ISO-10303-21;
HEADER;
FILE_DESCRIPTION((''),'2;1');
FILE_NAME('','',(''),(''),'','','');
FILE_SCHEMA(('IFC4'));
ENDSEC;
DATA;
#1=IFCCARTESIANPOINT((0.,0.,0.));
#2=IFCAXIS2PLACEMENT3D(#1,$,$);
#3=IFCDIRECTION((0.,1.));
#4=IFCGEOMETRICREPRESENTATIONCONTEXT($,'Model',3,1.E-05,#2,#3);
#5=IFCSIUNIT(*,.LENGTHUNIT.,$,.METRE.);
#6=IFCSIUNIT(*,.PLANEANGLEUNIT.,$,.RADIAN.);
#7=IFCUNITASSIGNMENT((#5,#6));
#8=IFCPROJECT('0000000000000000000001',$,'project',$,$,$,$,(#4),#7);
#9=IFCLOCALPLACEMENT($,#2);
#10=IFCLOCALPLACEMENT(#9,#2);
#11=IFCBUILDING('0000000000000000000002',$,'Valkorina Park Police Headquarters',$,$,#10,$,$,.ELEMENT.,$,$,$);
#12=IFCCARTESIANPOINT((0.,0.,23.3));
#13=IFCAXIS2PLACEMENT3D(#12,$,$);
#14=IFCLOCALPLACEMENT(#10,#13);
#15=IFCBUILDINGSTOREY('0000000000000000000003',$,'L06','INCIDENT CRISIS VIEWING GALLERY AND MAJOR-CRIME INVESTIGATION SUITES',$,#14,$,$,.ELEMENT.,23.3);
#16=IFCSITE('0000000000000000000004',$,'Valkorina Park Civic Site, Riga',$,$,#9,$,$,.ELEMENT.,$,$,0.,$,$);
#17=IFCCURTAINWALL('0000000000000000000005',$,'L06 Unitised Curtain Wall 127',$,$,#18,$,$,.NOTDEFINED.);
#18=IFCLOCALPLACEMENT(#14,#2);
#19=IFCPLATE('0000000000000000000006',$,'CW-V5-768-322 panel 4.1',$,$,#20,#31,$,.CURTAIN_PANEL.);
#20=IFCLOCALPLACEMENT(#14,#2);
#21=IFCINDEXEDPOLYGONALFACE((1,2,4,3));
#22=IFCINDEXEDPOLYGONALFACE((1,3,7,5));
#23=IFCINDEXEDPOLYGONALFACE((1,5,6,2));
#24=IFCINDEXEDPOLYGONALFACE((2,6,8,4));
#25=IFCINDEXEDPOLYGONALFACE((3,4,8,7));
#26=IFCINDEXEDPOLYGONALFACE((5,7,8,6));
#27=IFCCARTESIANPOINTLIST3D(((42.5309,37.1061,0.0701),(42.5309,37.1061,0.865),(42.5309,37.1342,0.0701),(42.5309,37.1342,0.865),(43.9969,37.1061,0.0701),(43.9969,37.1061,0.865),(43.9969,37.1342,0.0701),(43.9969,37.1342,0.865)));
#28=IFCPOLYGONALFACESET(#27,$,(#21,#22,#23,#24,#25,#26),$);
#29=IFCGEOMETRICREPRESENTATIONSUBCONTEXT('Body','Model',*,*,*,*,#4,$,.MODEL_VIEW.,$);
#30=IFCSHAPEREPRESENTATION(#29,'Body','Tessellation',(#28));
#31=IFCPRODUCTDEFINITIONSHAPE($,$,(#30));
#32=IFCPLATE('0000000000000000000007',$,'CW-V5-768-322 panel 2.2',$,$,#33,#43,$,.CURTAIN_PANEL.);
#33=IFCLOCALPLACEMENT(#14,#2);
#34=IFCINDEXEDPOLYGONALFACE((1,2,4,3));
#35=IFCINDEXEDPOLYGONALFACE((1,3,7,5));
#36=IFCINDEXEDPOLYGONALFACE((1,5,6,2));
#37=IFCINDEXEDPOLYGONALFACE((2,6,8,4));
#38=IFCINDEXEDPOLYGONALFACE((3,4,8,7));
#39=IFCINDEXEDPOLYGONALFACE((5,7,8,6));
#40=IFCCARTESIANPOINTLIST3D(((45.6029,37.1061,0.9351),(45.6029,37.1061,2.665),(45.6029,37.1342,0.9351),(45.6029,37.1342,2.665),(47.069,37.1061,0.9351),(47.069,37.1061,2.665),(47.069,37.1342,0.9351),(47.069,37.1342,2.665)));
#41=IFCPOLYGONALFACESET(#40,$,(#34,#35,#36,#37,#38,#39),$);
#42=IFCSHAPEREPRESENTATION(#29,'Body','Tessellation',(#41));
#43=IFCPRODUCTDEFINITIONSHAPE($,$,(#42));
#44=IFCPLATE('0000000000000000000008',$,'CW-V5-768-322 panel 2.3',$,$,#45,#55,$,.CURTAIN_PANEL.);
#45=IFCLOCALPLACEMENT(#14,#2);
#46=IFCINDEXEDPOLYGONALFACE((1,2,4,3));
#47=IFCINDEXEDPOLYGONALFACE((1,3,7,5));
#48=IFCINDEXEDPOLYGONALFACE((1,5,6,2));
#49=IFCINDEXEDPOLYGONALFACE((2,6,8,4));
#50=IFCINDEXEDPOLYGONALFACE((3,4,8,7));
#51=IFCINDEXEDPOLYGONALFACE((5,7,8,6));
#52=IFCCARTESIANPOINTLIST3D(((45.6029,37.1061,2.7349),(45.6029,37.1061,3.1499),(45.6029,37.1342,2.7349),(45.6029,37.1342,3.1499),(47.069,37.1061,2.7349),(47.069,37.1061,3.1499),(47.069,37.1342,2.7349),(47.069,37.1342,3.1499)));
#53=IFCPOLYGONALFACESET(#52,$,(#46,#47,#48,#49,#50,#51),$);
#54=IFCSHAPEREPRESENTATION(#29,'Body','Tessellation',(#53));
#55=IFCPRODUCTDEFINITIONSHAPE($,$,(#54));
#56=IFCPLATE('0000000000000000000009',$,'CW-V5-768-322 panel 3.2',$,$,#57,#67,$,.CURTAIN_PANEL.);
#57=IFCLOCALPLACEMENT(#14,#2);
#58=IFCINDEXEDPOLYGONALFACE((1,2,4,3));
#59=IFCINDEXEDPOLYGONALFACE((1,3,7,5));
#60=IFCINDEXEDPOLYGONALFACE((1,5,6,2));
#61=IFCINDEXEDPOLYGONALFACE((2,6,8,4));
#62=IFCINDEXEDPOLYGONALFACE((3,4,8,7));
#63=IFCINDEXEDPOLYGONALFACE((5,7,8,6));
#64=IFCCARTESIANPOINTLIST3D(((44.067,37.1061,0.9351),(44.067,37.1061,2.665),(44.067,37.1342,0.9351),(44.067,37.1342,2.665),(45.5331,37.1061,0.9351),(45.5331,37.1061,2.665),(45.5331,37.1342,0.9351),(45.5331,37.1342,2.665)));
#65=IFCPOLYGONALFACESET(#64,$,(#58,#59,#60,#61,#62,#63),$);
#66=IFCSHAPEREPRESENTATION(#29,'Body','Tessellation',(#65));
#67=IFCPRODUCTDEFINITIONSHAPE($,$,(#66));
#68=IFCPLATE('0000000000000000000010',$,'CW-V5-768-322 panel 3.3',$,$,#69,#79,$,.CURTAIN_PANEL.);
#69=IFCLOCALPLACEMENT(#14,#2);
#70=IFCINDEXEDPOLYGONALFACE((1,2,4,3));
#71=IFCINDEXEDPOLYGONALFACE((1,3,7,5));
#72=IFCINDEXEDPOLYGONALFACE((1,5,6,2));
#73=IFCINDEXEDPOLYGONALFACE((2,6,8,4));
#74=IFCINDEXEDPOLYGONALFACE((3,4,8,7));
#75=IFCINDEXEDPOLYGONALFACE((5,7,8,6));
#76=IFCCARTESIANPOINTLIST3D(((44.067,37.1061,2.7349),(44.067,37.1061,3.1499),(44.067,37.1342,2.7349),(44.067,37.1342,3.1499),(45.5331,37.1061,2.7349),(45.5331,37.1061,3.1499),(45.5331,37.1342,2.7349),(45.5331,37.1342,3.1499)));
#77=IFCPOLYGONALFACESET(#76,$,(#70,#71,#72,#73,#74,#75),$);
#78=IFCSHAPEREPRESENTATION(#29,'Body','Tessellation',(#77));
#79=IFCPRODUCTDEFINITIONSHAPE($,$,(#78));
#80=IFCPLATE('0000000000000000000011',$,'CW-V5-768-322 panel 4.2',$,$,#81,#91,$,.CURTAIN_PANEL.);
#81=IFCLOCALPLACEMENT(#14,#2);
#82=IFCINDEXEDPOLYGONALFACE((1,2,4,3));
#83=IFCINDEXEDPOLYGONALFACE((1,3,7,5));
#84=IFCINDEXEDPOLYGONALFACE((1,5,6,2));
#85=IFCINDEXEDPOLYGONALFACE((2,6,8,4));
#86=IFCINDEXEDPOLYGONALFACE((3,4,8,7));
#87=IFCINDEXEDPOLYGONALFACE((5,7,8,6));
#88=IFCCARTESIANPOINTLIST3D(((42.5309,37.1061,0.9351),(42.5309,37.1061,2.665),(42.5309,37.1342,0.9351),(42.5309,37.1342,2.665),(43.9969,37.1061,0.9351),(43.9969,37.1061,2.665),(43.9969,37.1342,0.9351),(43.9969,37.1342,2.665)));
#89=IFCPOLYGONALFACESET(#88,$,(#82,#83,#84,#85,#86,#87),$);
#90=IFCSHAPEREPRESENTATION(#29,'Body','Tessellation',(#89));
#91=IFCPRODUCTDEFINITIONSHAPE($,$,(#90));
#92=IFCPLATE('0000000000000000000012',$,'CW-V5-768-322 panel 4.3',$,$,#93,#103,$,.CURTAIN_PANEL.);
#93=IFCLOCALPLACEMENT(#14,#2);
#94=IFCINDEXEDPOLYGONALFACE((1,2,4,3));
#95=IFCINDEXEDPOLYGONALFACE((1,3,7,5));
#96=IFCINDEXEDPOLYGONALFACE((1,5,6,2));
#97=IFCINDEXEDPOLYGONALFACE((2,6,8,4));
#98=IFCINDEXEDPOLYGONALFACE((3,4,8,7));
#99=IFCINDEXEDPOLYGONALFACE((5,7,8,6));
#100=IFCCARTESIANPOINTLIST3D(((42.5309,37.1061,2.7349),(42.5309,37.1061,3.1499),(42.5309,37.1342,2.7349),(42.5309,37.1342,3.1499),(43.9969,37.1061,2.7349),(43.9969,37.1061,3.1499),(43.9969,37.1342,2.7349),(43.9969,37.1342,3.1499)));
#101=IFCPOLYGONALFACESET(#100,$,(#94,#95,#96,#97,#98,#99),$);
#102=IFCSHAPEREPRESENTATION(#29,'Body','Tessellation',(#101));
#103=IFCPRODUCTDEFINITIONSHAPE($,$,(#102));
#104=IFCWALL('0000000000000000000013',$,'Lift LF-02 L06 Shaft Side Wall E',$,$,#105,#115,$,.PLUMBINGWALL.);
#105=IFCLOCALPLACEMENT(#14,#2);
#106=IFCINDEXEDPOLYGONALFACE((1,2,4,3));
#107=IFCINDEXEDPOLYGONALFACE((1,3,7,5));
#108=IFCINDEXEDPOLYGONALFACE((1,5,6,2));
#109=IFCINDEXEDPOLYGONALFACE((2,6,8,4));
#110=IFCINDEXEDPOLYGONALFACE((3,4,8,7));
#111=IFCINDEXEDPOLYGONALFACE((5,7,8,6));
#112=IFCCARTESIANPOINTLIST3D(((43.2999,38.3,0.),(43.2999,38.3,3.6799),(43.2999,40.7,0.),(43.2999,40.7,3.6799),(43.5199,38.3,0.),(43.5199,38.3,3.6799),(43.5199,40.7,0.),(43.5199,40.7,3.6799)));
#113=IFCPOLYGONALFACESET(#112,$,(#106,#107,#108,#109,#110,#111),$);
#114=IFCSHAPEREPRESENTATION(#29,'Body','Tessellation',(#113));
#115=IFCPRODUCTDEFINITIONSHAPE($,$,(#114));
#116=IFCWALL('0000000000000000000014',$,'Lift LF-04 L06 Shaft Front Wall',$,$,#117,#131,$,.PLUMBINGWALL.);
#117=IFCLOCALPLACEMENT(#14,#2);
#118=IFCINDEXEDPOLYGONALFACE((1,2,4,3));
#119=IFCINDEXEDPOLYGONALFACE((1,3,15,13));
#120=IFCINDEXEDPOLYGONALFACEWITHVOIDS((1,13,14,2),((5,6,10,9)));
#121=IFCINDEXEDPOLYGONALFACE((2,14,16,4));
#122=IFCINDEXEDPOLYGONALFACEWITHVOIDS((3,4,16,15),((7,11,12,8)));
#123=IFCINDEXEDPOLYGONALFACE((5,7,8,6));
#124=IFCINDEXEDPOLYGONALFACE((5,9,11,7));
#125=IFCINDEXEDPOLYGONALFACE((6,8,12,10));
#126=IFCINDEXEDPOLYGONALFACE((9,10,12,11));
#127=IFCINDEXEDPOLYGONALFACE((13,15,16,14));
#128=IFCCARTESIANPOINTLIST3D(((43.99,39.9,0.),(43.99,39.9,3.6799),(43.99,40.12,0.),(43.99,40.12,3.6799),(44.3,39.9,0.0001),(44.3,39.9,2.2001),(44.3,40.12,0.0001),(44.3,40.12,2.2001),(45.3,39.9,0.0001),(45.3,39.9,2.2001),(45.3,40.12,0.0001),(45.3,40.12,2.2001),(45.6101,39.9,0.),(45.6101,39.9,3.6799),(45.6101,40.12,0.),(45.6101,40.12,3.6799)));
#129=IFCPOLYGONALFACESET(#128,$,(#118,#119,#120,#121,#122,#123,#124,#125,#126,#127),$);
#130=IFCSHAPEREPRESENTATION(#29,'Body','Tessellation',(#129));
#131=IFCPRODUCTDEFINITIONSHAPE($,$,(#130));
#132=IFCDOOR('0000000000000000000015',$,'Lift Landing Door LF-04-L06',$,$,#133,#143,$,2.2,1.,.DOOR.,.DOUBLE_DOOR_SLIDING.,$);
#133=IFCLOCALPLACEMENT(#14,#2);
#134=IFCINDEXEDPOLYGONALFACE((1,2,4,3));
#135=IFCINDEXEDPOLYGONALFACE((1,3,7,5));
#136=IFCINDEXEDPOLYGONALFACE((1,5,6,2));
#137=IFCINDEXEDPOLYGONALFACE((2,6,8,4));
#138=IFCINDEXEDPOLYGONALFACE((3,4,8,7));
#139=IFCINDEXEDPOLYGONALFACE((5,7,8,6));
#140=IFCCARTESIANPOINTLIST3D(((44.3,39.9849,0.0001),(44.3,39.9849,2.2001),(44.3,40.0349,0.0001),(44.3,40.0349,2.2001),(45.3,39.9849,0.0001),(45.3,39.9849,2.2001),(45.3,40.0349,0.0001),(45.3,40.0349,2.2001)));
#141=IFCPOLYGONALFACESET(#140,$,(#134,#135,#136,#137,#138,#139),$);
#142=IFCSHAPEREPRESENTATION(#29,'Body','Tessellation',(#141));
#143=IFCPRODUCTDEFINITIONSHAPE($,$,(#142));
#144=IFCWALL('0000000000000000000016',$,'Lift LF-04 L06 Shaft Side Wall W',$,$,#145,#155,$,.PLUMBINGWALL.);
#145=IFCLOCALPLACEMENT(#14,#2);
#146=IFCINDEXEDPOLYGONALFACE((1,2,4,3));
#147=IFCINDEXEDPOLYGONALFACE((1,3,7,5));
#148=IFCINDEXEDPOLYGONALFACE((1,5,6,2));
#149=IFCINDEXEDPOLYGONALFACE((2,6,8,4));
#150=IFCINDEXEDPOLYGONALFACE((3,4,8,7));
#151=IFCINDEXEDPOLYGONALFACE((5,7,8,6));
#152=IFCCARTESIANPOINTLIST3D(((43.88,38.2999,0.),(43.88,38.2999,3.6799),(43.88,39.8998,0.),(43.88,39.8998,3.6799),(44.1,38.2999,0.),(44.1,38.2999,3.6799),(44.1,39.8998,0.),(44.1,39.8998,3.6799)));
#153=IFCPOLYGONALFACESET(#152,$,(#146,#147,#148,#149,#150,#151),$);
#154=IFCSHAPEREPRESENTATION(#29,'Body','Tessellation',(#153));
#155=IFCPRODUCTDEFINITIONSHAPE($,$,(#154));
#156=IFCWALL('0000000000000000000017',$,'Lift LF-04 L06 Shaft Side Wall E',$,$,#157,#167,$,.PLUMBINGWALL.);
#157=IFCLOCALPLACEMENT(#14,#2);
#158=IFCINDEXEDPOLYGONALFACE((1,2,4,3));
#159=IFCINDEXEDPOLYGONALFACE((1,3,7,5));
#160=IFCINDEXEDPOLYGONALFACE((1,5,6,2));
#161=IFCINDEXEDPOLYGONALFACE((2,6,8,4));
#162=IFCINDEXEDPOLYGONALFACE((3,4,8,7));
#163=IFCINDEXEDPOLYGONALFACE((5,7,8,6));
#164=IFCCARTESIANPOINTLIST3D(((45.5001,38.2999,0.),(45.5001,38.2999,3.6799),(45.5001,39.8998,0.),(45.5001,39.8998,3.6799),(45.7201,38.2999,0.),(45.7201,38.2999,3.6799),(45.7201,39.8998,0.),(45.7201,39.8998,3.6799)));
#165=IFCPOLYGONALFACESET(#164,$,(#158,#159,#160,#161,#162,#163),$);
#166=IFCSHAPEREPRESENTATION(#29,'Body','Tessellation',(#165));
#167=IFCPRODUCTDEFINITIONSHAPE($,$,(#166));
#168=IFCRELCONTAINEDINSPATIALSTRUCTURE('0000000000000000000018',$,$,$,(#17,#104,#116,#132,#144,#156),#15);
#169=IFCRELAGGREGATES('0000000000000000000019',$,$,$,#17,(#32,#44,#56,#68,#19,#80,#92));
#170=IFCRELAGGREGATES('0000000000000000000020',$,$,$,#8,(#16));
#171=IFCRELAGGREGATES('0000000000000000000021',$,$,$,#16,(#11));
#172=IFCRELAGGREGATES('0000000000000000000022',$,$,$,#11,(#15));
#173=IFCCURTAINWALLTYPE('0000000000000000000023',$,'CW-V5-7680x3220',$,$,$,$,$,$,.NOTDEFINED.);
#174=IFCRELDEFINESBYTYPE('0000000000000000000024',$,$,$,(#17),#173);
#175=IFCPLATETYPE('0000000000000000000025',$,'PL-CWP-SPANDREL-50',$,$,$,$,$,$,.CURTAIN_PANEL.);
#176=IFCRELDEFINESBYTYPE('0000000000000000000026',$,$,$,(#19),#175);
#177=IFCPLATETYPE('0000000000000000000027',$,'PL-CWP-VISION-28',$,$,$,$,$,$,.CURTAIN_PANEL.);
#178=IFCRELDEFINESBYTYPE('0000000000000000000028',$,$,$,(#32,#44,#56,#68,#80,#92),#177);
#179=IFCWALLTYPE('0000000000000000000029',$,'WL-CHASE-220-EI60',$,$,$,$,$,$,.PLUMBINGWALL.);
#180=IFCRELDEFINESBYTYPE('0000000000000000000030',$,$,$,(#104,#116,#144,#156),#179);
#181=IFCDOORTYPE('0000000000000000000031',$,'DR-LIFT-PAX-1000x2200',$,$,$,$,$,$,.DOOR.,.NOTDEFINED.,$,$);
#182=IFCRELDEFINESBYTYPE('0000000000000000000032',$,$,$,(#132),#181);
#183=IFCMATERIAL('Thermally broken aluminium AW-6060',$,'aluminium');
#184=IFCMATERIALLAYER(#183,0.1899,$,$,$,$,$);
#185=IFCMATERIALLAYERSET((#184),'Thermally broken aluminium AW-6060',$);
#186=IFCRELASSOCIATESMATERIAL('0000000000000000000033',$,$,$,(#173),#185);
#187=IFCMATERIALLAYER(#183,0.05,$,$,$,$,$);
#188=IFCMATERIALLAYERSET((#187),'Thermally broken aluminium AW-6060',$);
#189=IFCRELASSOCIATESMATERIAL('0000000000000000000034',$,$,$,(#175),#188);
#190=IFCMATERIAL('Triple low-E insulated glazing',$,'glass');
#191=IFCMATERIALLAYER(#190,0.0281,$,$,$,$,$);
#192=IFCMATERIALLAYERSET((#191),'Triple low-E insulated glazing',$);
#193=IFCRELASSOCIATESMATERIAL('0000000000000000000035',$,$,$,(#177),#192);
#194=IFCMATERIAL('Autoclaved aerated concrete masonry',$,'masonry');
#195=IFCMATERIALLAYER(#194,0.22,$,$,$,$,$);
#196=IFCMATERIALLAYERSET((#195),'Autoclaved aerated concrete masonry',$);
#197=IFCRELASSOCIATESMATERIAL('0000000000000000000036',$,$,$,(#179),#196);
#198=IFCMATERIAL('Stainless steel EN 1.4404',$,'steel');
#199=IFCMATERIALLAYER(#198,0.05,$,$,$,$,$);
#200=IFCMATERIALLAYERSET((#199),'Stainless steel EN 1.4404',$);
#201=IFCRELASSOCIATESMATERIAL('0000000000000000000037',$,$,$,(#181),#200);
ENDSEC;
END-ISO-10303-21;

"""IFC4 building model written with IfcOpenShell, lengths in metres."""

from ifc_helpers import new_model, si_unit, direction, frame, frame_2d, origin, origin_2d, place, context, subcontext, project, spatial, rectangle, extrude, material, layer, layer_set, type_object, element, fill, aggregate, save


model = new_model("IFC4")

# Units and contexts
model_context = context("Model", 3, precision=1e-05, world=origin(), true_north=direction((0.0, 1.0)))
body_context = subcontext(model_context, "Body", "Model", "MODEL_VIEW")
ifc_project = project(units=[si_unit("LENGTHUNIT", "METRE"), si_unit("PLANEANGLEUNIT", "RADIAN")], contexts=[model_context])

# Site, building, storey
site_placement = place(None, origin())
site = spatial("IfcSite", under=ifc_project, at=site_placement, Name="Valkorina Park Civic Site, Riga", CompositionType="ELEMENT", RefElevation=0.0)
building_placement = place(site_placement, origin())
building = spatial("IfcBuilding", under=site, at=building_placement, Name="Valkorina Park Police Headquarters", CompositionType="ELEMENT")
storey_placement = place(building_placement, frame((0.0, 0.0, 23.3)))
storey = spatial("IfcBuildingStorey", under=building, at=storey_placement, Name="L06", Description="INCIDENT CRISIS VIEWING GALLERY AND MAJOR-CRIME INVESTIGATION SUITES", CompositionType="ELEMENT", Elevation=23.3)

# Curtain wall, plates
ifc_material_1 = material(Name="Thermally broken aluminium AW-6060", Category="aluminium")
ifc_layer_1 = layer(ifc_material_1, 0.1899)
ifc_layer_set_1 = layer_set([ifc_layer_1], Name="Thermally broken aluminium AW-6060")
curtain_wall_type = type_object("IfcCurtainWallType", Name="CW-V5-7680x3220", PredefinedType="NOTDEFINED", material=ifc_layer_set_1)
curtain_wall_placement = place(storey_placement, origin())
curtain_wall = element("IfcCurtainWall", 1, at=curtain_wall_placement, inside=storey, type_object=curtain_wall_type, Name="L06 Unitised Curtain Wall 127", PredefinedType="NOTDEFINED")
ifc_layer_2 = layer(ifc_material_1, 0.05)
ifc_layer_set_2 = layer_set([ifc_layer_2], Name="Thermally broken aluminium AW-6060")
plate_type_1 = type_object("IfcPlateType", Name="PL-CWP-SPANDREL-50", PredefinedType="CURTAIN_PANEL", material=ifc_layer_set_2)
plate_1_placement = place(storey_placement, frame((43.2639, 37.1201, 0.0701), z_axis=(0.0, 0.0, 1.0), x_axis=(-1.0, 0.0, 0.0)))
plate_1 = element("IfcPlate", 2, at=plate_1_placement, type_object=plate_type_1, Name="CW-V5-768-322 panel 4.1", PredefinedType="CURTAIN_PANEL", context=body_context, shape_type="SweptSolid", body=[
    extrude(rectangle(XDim=1.4661, YDim=0.0281, at=origin_2d()), origin(), (0.0, 0.0, 1.0), 0.7949),
])
ifc_material_2 = material(Name="Triple low-E insulated glazing", Category="glass")
ifc_layer_3 = layer(ifc_material_2, 0.0281)
ifc_layer_set_3 = layer_set([ifc_layer_3], Name="Triple low-E insulated glazing")
plate_type_2 = type_object("IfcPlateType", Name="PL-CWP-VISION-28", PredefinedType="CURTAIN_PANEL", material=ifc_layer_set_3)
plate_2_placement = place(storey_placement, frame((46.3359, 37.1201, 0.9351), z_axis=(0.0, 0.0, 1.0), x_axis=(-1.0, 0.0, 0.0)))
plate_2 = element("IfcPlate", 3, at=plate_2_placement, type_object=plate_type_2, Name="CW-V5-768-322 panel 2.2", PredefinedType="CURTAIN_PANEL", context=body_context, shape_type="SweptSolid", body=[
    extrude(rectangle(XDim=1.4661, YDim=0.0281, at=origin_2d()), origin(), (0.0, 0.0, 1.0), 1.73),
])
plate_3_placement = place(storey_placement, frame((46.3359, 37.1201, 2.7349), z_axis=(0.0, 0.0, 1.0), x_axis=(-1.0, 0.0, 0.0)))
plate_3 = element("IfcPlate", 4, at=plate_3_placement, type_object=plate_type_2, Name="CW-V5-768-322 panel 2.3", PredefinedType="CURTAIN_PANEL", context=body_context, shape_type="SweptSolid", body=[
    extrude(rectangle(XDim=1.4661, YDim=0.0281, at=origin_2d()), origin(), (0.0, 0.0, 1.0), 0.415),
])
plate_4_placement = place(storey_placement, frame((44.8, 37.1201, 0.9351), z_axis=(0.0, 0.0, 1.0), x_axis=(-1.0, 0.0, 0.0)))
plate_4 = element("IfcPlate", 5, at=plate_4_placement, type_object=plate_type_2, Name="CW-V5-768-322 panel 3.2", PredefinedType="CURTAIN_PANEL", context=body_context, shape_type="SweptSolid", body=[
    extrude(rectangle(XDim=1.4661, YDim=0.0281, at=origin_2d()), origin(), (0.0, 0.0, 1.0), 1.73),
])
plate_5_placement = place(storey_placement, frame((44.8, 37.1201, 2.7349), z_axis=(0.0, 0.0, 1.0), x_axis=(-1.0, 0.0, 0.0)))
plate_5 = element("IfcPlate", 6, at=plate_5_placement, type_object=plate_type_2, Name="CW-V5-768-322 panel 3.3", PredefinedType="CURTAIN_PANEL", context=body_context, shape_type="SweptSolid", body=[
    extrude(rectangle(XDim=1.4661, YDim=0.0281, at=origin_2d()), origin(), (0.0, 0.0, 1.0), 0.415),
])
plate_6_placement = place(storey_placement, frame((43.2639, 37.1201, 0.9351), z_axis=(0.0, 0.0, 1.0), x_axis=(-1.0, 0.0, 0.0)))
plate_6 = element("IfcPlate", 7, at=plate_6_placement, type_object=plate_type_2, Name="CW-V5-768-322 panel 4.2", PredefinedType="CURTAIN_PANEL", context=body_context, shape_type="SweptSolid", body=[
    extrude(rectangle(XDim=1.4661, YDim=0.0281, at=origin_2d()), origin(), (0.0, 0.0, 1.0), 1.73),
])
plate_7_placement = place(storey_placement, frame((43.2639, 37.1201, 2.7349), z_axis=(0.0, 0.0, 1.0), x_axis=(-1.0, 0.0, 0.0)))
plate_7 = element("IfcPlate", 8, at=plate_7_placement, type_object=plate_type_2, Name="CW-V5-768-322 panel 4.3", PredefinedType="CURTAIN_PANEL", context=body_context, shape_type="SweptSolid", body=[
    extrude(rectangle(XDim=1.4661, YDim=0.0281, at=origin_2d()), origin(), (0.0, 0.0, 1.0), 0.415),
])
aggregate(curtain_wall, [plate_2, plate_3, plate_4, plate_5, plate_1, plate_6, plate_7])

# Wall
ifc_material_3 = material(Name="Autoclaved aerated concrete masonry", Category="masonry")
ifc_layer_4 = layer(ifc_material_3, 0.22)
ifc_layer_set_4 = layer_set([ifc_layer_4], Name="Autoclaved aerated concrete masonry")
wall_type = type_object("IfcWallType", Name="WL-CHASE-220-EI60", PredefinedType="PLUMBINGWALL", material=ifc_layer_set_4)
wall_1_placement = place(storey_placement, frame((43.4099, 38.3, 0.0), z_axis=(0.0, 0.0, 1.0), x_axis=(0.0, 1.0, 0.0)))
element("IfcWall", 9, at=wall_1_placement, inside=storey, type_object=wall_type, Name="Lift LF-02 L06 Shaft Side Wall E", PredefinedType="PLUMBINGWALL", context=body_context, shape_type="SweptSolid", body=[
    extrude(rectangle(XDim=2.3999, YDim=0.22, at=frame_2d((1.2, 0.0))), origin(), (0.0, 0.0, 1.0), 3.6799),
])

# Wall, opening, door
wall_2_placement = place(storey_placement, frame((43.99, 40.01, 0.0), z_axis=(0.0, 0.0, 1.0), x_axis=(1.0, 0.0, 0.0)))
wall_2 = element("IfcWall", 10, at=wall_2_placement, inside=storey, type_object=wall_type, Name="Lift LF-04 L06 Shaft Front Wall", PredefinedType="PLUMBINGWALL", context=body_context, shape_type="SweptSolid", body=[
    extrude(rectangle(XDim=1.6201, YDim=0.22, at=frame_2d((0.8101, 0.0))), origin(), (0.0, 0.0, 1.0), 3.6799),
])
opening_1_placement = place(wall_2_placement, frame((0.3101, 0.0, 0.0)))
opening_1 = element("IfcOpeningElement", 11, at=opening_1_placement, cuts=wall_2, PredefinedType="OPENING", context=body_context, shape_type="SweptSolid", body=[
    extrude(rectangle(XDim=1.0, YDim=2.2, at=frame_2d((0.5, 1.1001))), frame((0.0, 0.1201, 0.0), z_axis=(0.0, -1.0, 0.0), x_axis=(1.0, 0.0, 0.0)), (0.0, 0.0, 1.0), 0.24),
])
ifc_material_4 = material(Name="Stainless steel EN 1.4404", Category="steel")
ifc_layer_5 = layer(ifc_material_4, 0.05)
ifc_layer_set_5 = layer_set([ifc_layer_5], Name="Stainless steel EN 1.4404")
door_type_1 = type_object("IfcDoorType", Name="DR-LIFT-PAX-1000x2200", OperationType="NOTDEFINED", PredefinedType="DOOR", material=ifc_layer_set_5)
door_1_placement = place(opening_1_placement, origin())
door_1 = element("IfcDoor", 12, at=door_1_placement, inside=storey, type_object=door_type_1, Name="Lift Landing Door LF-04-L06", OperationType="DOUBLE_DOOR_SLIDING", OverallHeight=2.2, OverallWidth=1.0, PredefinedType="DOOR", context=body_context, shape_type="SweptSolid", body=[
    extrude(rectangle(XDim=1.0, YDim=2.2, at=frame_2d((0.5, 1.1001))), frame((0.0, 0.0249, 0.0), z_axis=(0.0, -1.0, 0.0), x_axis=(1.0, 0.0, 0.0)), (0.0, 0.0, 1.0), 0.05),
])
fill(opening_1, door_1)

# Walls
for number, where, z_axis, x_axis, name in (
    (13, (43.99, 38.3, 0.0), (0.0, 0.0, 1.0), (0.0, 1.0, 0.0), "Lift LF-04 L06 Shaft Side Wall W"),
    (14, (45.6101, 38.3, 0.0), (0.0, 0.0, 1.0), (0.0, 1.0, 0.0), "Lift LF-04 L06 Shaft Side Wall E"),
):
    element("IfcWall", number, at=place(storey_placement, frame(where, z_axis=z_axis, x_axis=x_axis)), inside=storey, type_object=wall_type, Name=name, PredefinedType="PLUMBINGWALL", context=body_context, shape_type="SweptSolid", body=[
        extrude(rectangle(XDim=1.5999, YDim=0.22, at=frame_2d((0.7998, 0.0))), origin(), (0.0, 0.0, 1.0), 3.6799),
    ])

save(model, "model.ifc")
